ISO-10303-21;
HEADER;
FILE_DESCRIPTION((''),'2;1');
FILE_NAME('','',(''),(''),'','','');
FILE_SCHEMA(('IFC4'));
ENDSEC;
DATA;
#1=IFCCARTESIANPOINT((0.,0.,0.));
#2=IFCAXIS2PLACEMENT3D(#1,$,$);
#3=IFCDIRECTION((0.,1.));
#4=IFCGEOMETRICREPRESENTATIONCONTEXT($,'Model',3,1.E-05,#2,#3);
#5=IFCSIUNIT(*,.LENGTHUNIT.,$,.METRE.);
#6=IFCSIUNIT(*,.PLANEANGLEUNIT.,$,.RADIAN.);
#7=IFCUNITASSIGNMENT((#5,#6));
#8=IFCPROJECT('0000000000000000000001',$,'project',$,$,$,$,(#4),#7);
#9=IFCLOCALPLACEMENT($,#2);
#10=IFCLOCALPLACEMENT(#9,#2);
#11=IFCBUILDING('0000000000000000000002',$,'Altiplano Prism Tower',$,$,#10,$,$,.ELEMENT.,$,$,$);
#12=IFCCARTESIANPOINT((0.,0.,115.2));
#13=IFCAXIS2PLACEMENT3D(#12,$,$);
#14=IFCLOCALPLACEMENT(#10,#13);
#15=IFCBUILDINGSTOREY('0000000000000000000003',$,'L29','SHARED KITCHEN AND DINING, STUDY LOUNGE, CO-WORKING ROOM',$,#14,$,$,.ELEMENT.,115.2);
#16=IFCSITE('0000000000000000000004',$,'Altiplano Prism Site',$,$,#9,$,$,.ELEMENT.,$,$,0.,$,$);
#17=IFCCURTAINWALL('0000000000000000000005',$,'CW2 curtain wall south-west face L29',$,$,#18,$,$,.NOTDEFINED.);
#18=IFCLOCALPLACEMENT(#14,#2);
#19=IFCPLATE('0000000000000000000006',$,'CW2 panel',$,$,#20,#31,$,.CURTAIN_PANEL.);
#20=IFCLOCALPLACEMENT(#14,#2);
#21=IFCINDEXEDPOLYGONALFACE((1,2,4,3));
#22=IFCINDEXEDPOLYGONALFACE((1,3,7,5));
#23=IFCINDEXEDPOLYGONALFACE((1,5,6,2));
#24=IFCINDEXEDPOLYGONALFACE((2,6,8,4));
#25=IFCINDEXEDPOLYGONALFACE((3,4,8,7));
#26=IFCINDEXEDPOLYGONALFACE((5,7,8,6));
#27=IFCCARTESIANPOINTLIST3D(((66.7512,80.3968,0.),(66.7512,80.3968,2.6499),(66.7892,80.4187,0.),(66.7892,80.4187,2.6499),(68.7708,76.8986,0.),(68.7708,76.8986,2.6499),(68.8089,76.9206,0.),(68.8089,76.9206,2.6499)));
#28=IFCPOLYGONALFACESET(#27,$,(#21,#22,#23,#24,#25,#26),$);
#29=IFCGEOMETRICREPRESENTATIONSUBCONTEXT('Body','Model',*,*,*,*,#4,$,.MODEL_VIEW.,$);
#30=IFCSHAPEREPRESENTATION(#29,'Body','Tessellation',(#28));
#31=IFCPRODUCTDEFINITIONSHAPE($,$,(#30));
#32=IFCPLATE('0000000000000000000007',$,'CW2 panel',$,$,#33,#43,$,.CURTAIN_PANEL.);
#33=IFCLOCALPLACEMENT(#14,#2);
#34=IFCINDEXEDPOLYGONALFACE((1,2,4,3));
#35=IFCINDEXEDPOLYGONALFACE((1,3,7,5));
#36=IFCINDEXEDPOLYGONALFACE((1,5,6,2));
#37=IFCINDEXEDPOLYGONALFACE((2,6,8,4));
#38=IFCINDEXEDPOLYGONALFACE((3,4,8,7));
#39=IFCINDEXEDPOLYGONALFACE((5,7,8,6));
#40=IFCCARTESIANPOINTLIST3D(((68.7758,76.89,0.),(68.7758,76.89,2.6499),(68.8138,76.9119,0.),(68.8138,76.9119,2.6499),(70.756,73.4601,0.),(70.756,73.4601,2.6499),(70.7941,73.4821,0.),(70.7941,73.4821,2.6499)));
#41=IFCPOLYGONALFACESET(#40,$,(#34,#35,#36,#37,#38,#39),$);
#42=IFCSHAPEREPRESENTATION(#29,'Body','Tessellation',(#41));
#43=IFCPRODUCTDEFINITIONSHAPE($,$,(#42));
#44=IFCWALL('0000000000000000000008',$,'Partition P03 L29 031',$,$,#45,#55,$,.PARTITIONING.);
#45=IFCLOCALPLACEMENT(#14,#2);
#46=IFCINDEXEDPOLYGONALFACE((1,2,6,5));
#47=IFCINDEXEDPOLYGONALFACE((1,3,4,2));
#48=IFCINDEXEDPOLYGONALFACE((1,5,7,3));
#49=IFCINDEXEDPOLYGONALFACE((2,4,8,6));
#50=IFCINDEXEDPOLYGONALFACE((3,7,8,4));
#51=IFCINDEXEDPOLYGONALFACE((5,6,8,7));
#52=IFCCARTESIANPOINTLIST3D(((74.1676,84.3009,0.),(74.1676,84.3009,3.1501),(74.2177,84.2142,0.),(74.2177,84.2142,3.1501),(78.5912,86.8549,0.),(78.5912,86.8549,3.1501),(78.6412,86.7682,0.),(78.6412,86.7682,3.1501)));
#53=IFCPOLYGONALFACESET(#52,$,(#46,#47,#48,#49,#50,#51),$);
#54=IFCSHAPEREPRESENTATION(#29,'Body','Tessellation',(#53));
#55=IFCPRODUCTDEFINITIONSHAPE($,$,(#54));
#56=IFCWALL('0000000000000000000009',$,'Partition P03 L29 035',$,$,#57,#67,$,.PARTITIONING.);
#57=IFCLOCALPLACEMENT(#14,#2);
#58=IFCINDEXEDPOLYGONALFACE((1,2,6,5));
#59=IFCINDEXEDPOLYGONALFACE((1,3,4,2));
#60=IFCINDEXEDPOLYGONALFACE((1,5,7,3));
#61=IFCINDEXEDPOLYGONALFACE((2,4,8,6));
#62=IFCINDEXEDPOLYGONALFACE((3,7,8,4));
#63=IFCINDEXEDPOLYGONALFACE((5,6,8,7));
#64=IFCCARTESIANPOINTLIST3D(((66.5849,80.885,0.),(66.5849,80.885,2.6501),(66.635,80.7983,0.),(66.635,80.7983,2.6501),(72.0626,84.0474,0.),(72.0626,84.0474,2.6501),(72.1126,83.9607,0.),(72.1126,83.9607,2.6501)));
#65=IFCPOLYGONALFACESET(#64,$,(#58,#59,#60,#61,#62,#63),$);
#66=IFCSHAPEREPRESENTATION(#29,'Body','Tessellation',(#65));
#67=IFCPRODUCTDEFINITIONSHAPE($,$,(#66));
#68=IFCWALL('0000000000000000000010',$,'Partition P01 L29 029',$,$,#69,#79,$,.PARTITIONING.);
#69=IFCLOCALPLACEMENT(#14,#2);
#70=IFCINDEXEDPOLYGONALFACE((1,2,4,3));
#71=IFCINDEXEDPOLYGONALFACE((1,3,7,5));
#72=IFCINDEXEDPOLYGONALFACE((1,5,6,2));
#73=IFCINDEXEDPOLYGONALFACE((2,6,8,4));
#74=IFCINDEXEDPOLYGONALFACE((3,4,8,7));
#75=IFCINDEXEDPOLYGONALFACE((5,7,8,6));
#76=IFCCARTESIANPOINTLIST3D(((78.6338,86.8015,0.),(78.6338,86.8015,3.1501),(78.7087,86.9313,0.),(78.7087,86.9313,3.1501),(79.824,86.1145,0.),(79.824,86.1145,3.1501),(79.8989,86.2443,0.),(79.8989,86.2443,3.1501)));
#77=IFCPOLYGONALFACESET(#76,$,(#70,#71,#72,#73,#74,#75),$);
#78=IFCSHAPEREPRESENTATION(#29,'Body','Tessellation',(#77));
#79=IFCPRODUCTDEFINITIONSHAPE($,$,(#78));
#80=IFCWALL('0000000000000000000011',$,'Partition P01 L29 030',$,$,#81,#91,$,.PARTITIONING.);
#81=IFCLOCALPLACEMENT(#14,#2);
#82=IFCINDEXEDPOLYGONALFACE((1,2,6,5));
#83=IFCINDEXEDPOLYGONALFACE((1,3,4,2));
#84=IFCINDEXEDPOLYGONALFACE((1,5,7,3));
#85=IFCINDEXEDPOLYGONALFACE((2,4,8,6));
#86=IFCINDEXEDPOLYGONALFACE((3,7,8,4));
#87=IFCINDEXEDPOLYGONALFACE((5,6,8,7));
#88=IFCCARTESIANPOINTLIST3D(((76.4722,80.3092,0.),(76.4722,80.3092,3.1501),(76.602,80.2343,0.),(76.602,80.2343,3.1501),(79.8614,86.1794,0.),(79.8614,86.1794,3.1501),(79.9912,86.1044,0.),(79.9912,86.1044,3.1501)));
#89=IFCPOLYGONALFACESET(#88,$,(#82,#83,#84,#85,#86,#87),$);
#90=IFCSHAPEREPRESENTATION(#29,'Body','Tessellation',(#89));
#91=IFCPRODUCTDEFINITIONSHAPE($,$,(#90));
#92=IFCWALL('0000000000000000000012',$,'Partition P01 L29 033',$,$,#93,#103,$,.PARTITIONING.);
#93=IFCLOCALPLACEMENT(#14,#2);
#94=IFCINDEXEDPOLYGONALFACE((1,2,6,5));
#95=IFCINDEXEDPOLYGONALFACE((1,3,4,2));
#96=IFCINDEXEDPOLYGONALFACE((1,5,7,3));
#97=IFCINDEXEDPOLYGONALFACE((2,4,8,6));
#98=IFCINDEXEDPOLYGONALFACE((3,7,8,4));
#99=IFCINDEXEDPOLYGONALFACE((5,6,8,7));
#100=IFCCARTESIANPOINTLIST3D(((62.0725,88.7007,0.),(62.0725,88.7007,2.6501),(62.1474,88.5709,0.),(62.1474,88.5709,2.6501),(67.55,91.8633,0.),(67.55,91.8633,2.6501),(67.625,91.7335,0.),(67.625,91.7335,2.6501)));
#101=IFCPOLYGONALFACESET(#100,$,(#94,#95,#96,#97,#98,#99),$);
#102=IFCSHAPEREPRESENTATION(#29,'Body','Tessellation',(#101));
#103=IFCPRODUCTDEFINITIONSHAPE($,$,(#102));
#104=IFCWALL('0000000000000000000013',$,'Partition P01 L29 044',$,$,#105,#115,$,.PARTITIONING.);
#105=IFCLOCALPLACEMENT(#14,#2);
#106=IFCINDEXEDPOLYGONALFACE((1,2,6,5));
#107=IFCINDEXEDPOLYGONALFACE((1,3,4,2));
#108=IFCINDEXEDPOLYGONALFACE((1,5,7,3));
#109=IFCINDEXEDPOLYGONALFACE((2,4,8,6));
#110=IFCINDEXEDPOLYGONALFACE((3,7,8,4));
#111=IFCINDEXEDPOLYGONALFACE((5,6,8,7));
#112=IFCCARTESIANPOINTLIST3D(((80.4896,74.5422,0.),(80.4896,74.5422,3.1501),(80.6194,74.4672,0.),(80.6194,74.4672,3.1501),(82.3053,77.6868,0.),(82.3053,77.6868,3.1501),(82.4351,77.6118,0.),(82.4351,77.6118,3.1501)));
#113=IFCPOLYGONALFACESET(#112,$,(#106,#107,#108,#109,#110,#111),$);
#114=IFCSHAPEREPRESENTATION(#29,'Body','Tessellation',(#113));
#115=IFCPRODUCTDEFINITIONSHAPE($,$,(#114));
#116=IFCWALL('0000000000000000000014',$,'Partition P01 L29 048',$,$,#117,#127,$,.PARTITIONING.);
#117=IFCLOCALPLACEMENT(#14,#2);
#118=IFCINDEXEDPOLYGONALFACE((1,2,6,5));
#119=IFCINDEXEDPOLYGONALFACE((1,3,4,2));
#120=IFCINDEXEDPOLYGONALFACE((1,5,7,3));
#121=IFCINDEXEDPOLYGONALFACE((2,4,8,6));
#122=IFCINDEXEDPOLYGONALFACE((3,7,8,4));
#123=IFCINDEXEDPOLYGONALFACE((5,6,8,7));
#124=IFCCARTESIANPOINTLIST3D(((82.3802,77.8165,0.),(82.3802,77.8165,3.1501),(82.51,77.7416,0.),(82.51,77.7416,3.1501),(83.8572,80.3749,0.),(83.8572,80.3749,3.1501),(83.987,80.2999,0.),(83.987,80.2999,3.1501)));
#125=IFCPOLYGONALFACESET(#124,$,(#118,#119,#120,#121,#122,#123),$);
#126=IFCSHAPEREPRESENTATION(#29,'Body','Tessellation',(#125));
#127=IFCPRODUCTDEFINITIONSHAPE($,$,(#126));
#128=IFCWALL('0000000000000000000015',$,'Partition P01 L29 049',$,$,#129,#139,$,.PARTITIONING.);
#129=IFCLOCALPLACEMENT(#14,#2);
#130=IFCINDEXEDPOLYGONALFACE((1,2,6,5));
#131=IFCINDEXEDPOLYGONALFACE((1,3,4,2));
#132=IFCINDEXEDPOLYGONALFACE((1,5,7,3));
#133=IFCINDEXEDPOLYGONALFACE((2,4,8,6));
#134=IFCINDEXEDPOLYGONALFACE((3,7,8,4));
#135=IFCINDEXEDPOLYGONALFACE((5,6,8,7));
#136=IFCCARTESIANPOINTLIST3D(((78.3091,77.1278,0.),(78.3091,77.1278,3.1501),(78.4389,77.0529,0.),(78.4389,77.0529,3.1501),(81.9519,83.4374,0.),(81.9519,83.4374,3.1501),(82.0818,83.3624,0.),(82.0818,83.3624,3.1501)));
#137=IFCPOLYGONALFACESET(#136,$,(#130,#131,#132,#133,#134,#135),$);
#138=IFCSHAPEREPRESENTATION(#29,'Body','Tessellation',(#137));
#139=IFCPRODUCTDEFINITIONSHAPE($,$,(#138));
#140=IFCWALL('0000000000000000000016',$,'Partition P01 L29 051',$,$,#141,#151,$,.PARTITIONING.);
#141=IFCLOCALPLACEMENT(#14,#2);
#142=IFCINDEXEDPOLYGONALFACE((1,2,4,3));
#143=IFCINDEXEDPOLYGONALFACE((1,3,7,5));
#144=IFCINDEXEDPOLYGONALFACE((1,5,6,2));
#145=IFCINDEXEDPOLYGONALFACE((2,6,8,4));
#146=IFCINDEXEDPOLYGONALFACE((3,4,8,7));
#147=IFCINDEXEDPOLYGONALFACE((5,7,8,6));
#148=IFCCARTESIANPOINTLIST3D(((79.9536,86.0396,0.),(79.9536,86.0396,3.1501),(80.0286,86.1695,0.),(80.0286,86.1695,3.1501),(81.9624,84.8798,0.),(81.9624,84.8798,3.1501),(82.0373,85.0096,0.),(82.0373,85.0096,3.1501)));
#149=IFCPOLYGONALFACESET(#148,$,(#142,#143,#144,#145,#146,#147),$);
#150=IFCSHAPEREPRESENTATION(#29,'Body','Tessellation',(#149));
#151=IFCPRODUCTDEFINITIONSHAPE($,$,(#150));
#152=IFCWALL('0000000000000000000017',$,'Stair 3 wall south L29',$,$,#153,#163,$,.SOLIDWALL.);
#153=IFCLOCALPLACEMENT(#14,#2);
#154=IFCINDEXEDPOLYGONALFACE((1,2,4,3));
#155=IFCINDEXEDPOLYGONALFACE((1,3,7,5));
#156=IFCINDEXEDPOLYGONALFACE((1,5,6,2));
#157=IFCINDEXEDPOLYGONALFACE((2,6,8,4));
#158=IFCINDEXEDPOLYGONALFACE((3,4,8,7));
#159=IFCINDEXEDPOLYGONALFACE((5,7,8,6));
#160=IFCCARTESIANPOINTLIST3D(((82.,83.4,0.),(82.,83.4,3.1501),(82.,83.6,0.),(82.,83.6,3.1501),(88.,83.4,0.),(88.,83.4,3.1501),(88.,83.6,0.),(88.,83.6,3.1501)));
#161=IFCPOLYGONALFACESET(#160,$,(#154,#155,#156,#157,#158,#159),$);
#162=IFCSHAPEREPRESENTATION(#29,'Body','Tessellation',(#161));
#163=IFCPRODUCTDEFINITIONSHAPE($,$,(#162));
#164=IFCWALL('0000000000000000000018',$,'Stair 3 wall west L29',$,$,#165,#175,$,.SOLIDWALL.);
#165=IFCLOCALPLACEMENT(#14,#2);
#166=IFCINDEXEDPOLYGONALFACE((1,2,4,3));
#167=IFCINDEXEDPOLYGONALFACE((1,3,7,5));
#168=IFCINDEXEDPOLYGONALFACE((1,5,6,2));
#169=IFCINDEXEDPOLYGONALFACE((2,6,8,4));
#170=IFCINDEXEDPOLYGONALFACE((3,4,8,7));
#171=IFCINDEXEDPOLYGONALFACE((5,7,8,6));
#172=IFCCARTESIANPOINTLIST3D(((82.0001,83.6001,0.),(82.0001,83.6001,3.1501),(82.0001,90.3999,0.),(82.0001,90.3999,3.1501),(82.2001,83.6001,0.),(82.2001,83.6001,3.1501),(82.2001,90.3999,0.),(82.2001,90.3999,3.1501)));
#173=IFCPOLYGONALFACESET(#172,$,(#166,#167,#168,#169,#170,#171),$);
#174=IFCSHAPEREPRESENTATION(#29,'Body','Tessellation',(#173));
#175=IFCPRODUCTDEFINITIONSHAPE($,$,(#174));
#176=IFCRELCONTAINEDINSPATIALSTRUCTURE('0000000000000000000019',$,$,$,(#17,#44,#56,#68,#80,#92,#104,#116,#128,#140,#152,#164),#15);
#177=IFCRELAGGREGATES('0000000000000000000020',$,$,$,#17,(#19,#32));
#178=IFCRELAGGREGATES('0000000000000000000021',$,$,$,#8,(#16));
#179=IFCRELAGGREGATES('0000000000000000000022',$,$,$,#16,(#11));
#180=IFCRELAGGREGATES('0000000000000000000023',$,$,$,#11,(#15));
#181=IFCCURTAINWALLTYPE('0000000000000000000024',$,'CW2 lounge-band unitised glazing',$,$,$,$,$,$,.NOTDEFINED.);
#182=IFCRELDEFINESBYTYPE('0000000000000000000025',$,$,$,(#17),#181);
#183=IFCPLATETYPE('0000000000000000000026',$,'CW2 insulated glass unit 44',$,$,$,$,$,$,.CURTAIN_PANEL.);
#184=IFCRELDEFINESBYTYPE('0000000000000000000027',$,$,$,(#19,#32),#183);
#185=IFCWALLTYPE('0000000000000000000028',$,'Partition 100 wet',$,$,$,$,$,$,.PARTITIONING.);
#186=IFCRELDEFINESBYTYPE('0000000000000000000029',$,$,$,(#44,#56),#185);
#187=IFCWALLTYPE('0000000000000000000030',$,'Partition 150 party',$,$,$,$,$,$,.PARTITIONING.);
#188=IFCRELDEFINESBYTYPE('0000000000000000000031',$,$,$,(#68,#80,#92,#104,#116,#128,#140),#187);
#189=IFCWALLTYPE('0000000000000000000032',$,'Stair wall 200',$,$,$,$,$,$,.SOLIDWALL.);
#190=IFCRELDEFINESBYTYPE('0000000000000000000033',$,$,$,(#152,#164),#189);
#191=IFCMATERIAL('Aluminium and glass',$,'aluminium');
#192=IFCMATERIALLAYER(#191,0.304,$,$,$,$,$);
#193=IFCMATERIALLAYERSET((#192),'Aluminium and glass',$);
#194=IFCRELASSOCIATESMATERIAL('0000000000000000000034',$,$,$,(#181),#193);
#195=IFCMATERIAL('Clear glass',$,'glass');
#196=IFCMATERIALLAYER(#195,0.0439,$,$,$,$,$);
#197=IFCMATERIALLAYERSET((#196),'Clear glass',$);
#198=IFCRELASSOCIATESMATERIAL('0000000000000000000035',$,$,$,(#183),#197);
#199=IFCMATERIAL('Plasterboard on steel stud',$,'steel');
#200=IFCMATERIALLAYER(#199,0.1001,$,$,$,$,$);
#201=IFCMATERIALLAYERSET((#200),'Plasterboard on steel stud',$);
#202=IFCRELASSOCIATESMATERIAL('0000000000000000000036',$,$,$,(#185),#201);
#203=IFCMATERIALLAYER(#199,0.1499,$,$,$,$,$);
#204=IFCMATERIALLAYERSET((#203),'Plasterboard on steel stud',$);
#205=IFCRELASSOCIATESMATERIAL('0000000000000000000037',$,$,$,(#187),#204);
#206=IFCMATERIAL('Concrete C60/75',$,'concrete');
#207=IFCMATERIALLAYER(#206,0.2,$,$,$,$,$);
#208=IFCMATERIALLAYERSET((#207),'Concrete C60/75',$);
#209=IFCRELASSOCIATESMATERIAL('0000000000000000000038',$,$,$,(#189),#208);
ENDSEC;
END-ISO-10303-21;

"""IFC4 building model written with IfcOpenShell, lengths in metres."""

from ifc_helpers import new_model, si_unit, direction, frame, frame_2d, origin, origin_2d, place, context, subcontext, project, spatial, rectangle, extrude, material, layer, layer_set, type_object, element, aggregate, save


model = new_model("IFC4")

# Units and contexts
model_context = context("Model", 3, precision=1e-05, world=origin(), true_north=direction((0.0, 1.0)))
body_context = subcontext(model_context, "Body", "Model", "MODEL_VIEW")
ifc_project = project(units=[si_unit("LENGTHUNIT", "METRE"), si_unit("PLANEANGLEUNIT", "RADIAN")], contexts=[model_context])

# Site, building, storey
site_placement = place(None, origin())
site = spatial("IfcSite", under=ifc_project, at=site_placement, Name="Altiplano Prism Site", CompositionType="ELEMENT", RefElevation=0.0)
building_placement = place(site_placement, origin())
building = spatial("IfcBuilding", under=site, at=building_placement, Name="Altiplano Prism Tower", CompositionType="ELEMENT")
storey_placement = place(building_placement, frame((0.0, 0.0, 115.2)))
storey = spatial("IfcBuildingStorey", under=building, at=storey_placement, Name="L29", Description="SHARED KITCHEN AND DINING, STUDY LOUNGE, CO-WORKING ROOM", CompositionType="ELEMENT", Elevation=115.2)

# Shared definitions
ifc_material_1 = material(Name="Concrete C60/75", Category="concrete")

# Curtain wall
ifc_material_2 = material(Name="Aluminium and glass", Category="aluminium")
ifc_layer_1 = layer(ifc_material_2, 0.304)
ifc_layer_set_1 = layer_set([ifc_layer_1], Name="Aluminium and glass")
curtain_wall_type = type_object("IfcCurtainWallType", Name="CW2 lounge-band unitised glazing", PredefinedType="NOTDEFINED", material=ifc_layer_set_1)
curtain_wall_placement = place(storey_placement, origin())
curtain_wall = element("IfcCurtainWall", 1, at=curtain_wall_placement, inside=storey, type_object=curtain_wall_type, Name="CW2 curtain wall south-west face L29", PredefinedType="NOTDEFINED")

# Plates
ifc_material_3 = material(Name="Clear glass", Category="glass")
ifc_layer_2 = layer(ifc_material_3, 0.0439)
ifc_layer_set_2 = layer_set([ifc_layer_2], Name="Clear glass")
plate_type = type_object("IfcPlateType", Name="CW2 insulated glass unit 44", PredefinedType="CURTAIN_PANEL", material=ifc_layer_set_2)
plate_1_placement = place(storey_placement, frame((67.78, 78.6587, 0.0), z_axis=(0.0, 0.0, 1.0), x_axis=(0.5, -0.866025, 0.0)))
plate_1 = element("IfcPlate", 2, at=plate_1_placement, type_object=plate_type, Name="CW2 panel", PredefinedType="CURTAIN_PANEL", context=body_context, shape_type="SweptSolid", body=[
    extrude(rectangle(XDim=4.0393, YDim=0.0439, at=origin_2d()), origin(), (0.0, 0.0, 1.0), 2.6499),
])
plate_2_placement = place(storey_placement, frame((69.7849, 75.186, 0.0), z_axis=(0.0, 0.0, 1.0), x_axis=(0.5, -0.866025, 0.0)))
plate_2 = element("IfcPlate", 3, at=plate_2_placement, type_object=plate_type, Name="CW2 panel", PredefinedType="CURTAIN_PANEL", context=body_context, shape_type="SweptSolid", body=[
    extrude(rectangle(XDim=3.9604, YDim=0.0439, at=origin_2d()), origin(), (0.0, 0.0, 1.0), 2.6499),
])
aggregate(curtain_wall, [plate_1, plate_2])

# Walls
ifc_material_4 = material(Name="Plasterboard on steel stud", Category="steel")
ifc_layer_3 = layer(ifc_material_4, 0.1001)
ifc_layer_set_3 = layer_set([ifc_layer_3], Name="Plasterboard on steel stud")
wall_type_1 = type_object("IfcWallType", Name="Partition 100 wet", PredefinedType="PARTITIONING", material=ifc_layer_set_3)
wall_1_placement = place(storey_placement, frame((78.6162, 86.8115, 0.0), z_axis=(0.0, 0.0, 1.0), x_axis=(-0.866026, -0.5, 0.0)))
element("IfcWall", 4, at=wall_1_placement, inside=storey, type_object=wall_type_1, Name="Partition P03 L29 031", PredefinedType="PARTITIONING", context=body_context, shape_type="SweptSolid", body=[
    extrude(rectangle(XDim=5.1079, YDim=0.1001, at=frame_2d((2.554, 0.0))), origin(), (0.0, 0.0, 1.0), 3.1501),
])
wall_2_placement = place(storey_placement, frame((66.6099, 80.8416, 0.0), z_axis=(0.0, 0.0, 1.0), x_axis=(0.866033, 0.499988, 0.0)))
element("IfcWall", 5, at=wall_2_placement, inside=storey, type_object=wall_type_1, Name="Partition P03 L29 035", PredefinedType="PARTITIONING", context=body_context, shape_type="SweptSolid", body=[
    extrude(rectangle(XDim=6.325, YDim=0.1001, at=frame_2d((3.1626, 0.0))), origin(), (0.0, 0.0, 1.0), 2.6501),
])
ifc_layer_4 = layer(ifc_material_4, 0.1499)
ifc_layer_set_4 = layer_set([ifc_layer_4], Name="Plasterboard on steel stud")
wall_type_2 = type_object("IfcWallType", Name="Partition 150 party", PredefinedType="PARTITIONING", material=ifc_layer_set_4)
wall_3_placement = place(storey_placement, frame((79.8613, 86.1794, 0.0), z_axis=(0.0, 0.0, 1.0), x_axis=(-0.86607, 0.499922, 0.0)))
element("IfcWall", 6, at=wall_3_placement, inside=storey, type_object=wall_type_2, Name="Partition P01 L29 029", PredefinedType="PARTITIONING", context=body_context, shape_type="SweptSolid", body=[
    extrude(rectangle(XDim=1.3743, YDim=0.1499, at=frame_2d((0.687, 0.0))), origin(), (0.0, 0.0, 1.0), 3.1501),
])
wall_4_placement = place(storey_placement, frame((76.5371, 80.2717, 0.0), z_axis=(0.0, 0.0, 1.0), x_axis=(0.500005, 0.866022, 0.0)))
element("IfcWall", 7, at=wall_4_placement, inside=storey, type_object=wall_type_2, Name="Partition P01 L29 030", PredefinedType="PARTITIONING", context=body_context, shape_type="SweptSolid", body=[
    extrude(rectangle(XDim=6.7783, YDim=0.1499, at=frame_2d((3.3892, 0.0))), origin(), (0.0, 0.0, 1.0), 3.1501),
])
wall_5_placement = place(storey_placement, frame((62.1099, 88.6357, 0.0), z_axis=(0.0, 0.0, 1.0), x_axis=(0.866016, 0.500016, 0.0)))
element("IfcWall", 8, at=wall_5_placement, inside=storey, type_object=wall_type_2, Name="Partition P01 L29 033", PredefinedType="PARTITIONING", context=body_context, shape_type="SweptSolid", body=[
    extrude(rectangle(XDim=6.325, YDim=0.1499, at=frame_2d((3.1626, 0.0))), origin(), (0.0, 0.0, 1.0), 2.6501),
])
wall_6_placement = place(storey_placement, frame((82.3701, 77.6492, 0.0), z_axis=(0.0, 0.0, 1.0), x_axis=(-0.500037, -0.866004, 0.0)))
element("IfcWall", 9, at=wall_6_placement, inside=storey, type_object=wall_type_2, Name="Partition P01 L29 044", PredefinedType="PARTITIONING", context=body_context, shape_type="SweptSolid", body=[
    extrude(rectangle(XDim=3.6311, YDim=0.1499, at=frame_2d((1.8154, 0.0))), origin(), (0.0, 0.0, 1.0), 3.1501),
])
wall_7_placement = place(storey_placement, frame((82.4451, 77.7791, 0.0), z_axis=(0.0, 0.0, 1.0), x_axis=(0.499997, 0.866027, 0.0)))
element("IfcWall", 10, at=wall_7_placement, inside=storey, type_object=wall_type_2, Name="Partition P01 L29 048", PredefinedType="PARTITIONING", context=body_context, shape_type="SweptSolid", body=[
    extrude(rectangle(XDim=2.9541, YDim=0.1499, at=frame_2d((1.4771, 0.0))), origin(), (0.0, 0.0, 1.0), 3.1501),
])
wall_8_placement = place(storey_placement, frame((82.0168, 83.3999, 0.0), z_axis=(0.0, 0.0, 1.0), x_axis=(-0.499999, -0.866026, 0.0)))
element("IfcWall", 11, at=wall_8_placement, inside=storey, type_object=wall_type_2, Name="Partition P01 L29 049", PredefinedType="PARTITIONING", context=body_context, shape_type="SweptSolid", body=[
    extrude(rectangle(XDim=7.2856, YDim=0.1499, at=frame_2d((3.6428, 0.0))), origin(), (0.0, 0.0, 1.0), 3.1501),
])
wall_9_placement = place(storey_placement, frame((79.9912, 86.1045, 0.0), z_axis=(0.0, 0.0, 1.0), x_axis=(0.866, -0.500044, 0.0)))
element("IfcWall", 12, at=wall_9_placement, inside=storey, type_object=wall_type_2, Name="Partition P01 L29 051", PredefinedType="PARTITIONING", context=body_context, shape_type="SweptSolid", body=[
    extrude(rectangle(XDim=2.3196, YDim=0.1499, at=frame_2d((1.1597, 0.0))), origin(), (0.0, 0.0, 1.0), 3.1501),
])
ifc_layer_5 = layer(ifc_material_1, 0.2)
ifc_layer_set_5 = layer_set([ifc_layer_5], Name="Concrete C60/75")
wall_type_3 = type_object("IfcWallType", Name="Stair wall 200", PredefinedType="SOLIDWALL", material=ifc_layer_set_5)
wall_10_placement = place(storey_placement, frame((82.0, 83.5, 0.0), z_axis=(0.0, 0.0, 1.0), x_axis=(1.0, 0.0, 0.0)))
element("IfcWall", 13, at=wall_10_placement, inside=storey, type_object=wall_type_3, Name="Stair 3 wall south L29", PredefinedType="SOLIDWALL", context=body_context, shape_type="SweptSolid", body=[
    extrude(rectangle(XDim=6.0, YDim=0.2, at=frame_2d((3.0, 0.0))), origin(), (0.0, 0.0, 1.0), 3.1501),
])
wall_11_placement = place(storey_placement, frame((82.1001, 83.6001, 0.0), z_axis=(0.0, 0.0, 1.0), x_axis=(0.0, 1.0, 0.0)))
element("IfcWall", 14, at=wall_11_placement, inside=storey, type_object=wall_type_3, Name="Stair 3 wall west L29", PredefinedType="SOLIDWALL", context=body_context, shape_type="SweptSolid", body=[
    extrude(rectangle(XDim=6.7998, YDim=0.2, at=frame_2d((3.3999, 0.0))), origin(), (0.0, 0.0, 1.0), 3.1501),
])

save(model, "model.ifc")
